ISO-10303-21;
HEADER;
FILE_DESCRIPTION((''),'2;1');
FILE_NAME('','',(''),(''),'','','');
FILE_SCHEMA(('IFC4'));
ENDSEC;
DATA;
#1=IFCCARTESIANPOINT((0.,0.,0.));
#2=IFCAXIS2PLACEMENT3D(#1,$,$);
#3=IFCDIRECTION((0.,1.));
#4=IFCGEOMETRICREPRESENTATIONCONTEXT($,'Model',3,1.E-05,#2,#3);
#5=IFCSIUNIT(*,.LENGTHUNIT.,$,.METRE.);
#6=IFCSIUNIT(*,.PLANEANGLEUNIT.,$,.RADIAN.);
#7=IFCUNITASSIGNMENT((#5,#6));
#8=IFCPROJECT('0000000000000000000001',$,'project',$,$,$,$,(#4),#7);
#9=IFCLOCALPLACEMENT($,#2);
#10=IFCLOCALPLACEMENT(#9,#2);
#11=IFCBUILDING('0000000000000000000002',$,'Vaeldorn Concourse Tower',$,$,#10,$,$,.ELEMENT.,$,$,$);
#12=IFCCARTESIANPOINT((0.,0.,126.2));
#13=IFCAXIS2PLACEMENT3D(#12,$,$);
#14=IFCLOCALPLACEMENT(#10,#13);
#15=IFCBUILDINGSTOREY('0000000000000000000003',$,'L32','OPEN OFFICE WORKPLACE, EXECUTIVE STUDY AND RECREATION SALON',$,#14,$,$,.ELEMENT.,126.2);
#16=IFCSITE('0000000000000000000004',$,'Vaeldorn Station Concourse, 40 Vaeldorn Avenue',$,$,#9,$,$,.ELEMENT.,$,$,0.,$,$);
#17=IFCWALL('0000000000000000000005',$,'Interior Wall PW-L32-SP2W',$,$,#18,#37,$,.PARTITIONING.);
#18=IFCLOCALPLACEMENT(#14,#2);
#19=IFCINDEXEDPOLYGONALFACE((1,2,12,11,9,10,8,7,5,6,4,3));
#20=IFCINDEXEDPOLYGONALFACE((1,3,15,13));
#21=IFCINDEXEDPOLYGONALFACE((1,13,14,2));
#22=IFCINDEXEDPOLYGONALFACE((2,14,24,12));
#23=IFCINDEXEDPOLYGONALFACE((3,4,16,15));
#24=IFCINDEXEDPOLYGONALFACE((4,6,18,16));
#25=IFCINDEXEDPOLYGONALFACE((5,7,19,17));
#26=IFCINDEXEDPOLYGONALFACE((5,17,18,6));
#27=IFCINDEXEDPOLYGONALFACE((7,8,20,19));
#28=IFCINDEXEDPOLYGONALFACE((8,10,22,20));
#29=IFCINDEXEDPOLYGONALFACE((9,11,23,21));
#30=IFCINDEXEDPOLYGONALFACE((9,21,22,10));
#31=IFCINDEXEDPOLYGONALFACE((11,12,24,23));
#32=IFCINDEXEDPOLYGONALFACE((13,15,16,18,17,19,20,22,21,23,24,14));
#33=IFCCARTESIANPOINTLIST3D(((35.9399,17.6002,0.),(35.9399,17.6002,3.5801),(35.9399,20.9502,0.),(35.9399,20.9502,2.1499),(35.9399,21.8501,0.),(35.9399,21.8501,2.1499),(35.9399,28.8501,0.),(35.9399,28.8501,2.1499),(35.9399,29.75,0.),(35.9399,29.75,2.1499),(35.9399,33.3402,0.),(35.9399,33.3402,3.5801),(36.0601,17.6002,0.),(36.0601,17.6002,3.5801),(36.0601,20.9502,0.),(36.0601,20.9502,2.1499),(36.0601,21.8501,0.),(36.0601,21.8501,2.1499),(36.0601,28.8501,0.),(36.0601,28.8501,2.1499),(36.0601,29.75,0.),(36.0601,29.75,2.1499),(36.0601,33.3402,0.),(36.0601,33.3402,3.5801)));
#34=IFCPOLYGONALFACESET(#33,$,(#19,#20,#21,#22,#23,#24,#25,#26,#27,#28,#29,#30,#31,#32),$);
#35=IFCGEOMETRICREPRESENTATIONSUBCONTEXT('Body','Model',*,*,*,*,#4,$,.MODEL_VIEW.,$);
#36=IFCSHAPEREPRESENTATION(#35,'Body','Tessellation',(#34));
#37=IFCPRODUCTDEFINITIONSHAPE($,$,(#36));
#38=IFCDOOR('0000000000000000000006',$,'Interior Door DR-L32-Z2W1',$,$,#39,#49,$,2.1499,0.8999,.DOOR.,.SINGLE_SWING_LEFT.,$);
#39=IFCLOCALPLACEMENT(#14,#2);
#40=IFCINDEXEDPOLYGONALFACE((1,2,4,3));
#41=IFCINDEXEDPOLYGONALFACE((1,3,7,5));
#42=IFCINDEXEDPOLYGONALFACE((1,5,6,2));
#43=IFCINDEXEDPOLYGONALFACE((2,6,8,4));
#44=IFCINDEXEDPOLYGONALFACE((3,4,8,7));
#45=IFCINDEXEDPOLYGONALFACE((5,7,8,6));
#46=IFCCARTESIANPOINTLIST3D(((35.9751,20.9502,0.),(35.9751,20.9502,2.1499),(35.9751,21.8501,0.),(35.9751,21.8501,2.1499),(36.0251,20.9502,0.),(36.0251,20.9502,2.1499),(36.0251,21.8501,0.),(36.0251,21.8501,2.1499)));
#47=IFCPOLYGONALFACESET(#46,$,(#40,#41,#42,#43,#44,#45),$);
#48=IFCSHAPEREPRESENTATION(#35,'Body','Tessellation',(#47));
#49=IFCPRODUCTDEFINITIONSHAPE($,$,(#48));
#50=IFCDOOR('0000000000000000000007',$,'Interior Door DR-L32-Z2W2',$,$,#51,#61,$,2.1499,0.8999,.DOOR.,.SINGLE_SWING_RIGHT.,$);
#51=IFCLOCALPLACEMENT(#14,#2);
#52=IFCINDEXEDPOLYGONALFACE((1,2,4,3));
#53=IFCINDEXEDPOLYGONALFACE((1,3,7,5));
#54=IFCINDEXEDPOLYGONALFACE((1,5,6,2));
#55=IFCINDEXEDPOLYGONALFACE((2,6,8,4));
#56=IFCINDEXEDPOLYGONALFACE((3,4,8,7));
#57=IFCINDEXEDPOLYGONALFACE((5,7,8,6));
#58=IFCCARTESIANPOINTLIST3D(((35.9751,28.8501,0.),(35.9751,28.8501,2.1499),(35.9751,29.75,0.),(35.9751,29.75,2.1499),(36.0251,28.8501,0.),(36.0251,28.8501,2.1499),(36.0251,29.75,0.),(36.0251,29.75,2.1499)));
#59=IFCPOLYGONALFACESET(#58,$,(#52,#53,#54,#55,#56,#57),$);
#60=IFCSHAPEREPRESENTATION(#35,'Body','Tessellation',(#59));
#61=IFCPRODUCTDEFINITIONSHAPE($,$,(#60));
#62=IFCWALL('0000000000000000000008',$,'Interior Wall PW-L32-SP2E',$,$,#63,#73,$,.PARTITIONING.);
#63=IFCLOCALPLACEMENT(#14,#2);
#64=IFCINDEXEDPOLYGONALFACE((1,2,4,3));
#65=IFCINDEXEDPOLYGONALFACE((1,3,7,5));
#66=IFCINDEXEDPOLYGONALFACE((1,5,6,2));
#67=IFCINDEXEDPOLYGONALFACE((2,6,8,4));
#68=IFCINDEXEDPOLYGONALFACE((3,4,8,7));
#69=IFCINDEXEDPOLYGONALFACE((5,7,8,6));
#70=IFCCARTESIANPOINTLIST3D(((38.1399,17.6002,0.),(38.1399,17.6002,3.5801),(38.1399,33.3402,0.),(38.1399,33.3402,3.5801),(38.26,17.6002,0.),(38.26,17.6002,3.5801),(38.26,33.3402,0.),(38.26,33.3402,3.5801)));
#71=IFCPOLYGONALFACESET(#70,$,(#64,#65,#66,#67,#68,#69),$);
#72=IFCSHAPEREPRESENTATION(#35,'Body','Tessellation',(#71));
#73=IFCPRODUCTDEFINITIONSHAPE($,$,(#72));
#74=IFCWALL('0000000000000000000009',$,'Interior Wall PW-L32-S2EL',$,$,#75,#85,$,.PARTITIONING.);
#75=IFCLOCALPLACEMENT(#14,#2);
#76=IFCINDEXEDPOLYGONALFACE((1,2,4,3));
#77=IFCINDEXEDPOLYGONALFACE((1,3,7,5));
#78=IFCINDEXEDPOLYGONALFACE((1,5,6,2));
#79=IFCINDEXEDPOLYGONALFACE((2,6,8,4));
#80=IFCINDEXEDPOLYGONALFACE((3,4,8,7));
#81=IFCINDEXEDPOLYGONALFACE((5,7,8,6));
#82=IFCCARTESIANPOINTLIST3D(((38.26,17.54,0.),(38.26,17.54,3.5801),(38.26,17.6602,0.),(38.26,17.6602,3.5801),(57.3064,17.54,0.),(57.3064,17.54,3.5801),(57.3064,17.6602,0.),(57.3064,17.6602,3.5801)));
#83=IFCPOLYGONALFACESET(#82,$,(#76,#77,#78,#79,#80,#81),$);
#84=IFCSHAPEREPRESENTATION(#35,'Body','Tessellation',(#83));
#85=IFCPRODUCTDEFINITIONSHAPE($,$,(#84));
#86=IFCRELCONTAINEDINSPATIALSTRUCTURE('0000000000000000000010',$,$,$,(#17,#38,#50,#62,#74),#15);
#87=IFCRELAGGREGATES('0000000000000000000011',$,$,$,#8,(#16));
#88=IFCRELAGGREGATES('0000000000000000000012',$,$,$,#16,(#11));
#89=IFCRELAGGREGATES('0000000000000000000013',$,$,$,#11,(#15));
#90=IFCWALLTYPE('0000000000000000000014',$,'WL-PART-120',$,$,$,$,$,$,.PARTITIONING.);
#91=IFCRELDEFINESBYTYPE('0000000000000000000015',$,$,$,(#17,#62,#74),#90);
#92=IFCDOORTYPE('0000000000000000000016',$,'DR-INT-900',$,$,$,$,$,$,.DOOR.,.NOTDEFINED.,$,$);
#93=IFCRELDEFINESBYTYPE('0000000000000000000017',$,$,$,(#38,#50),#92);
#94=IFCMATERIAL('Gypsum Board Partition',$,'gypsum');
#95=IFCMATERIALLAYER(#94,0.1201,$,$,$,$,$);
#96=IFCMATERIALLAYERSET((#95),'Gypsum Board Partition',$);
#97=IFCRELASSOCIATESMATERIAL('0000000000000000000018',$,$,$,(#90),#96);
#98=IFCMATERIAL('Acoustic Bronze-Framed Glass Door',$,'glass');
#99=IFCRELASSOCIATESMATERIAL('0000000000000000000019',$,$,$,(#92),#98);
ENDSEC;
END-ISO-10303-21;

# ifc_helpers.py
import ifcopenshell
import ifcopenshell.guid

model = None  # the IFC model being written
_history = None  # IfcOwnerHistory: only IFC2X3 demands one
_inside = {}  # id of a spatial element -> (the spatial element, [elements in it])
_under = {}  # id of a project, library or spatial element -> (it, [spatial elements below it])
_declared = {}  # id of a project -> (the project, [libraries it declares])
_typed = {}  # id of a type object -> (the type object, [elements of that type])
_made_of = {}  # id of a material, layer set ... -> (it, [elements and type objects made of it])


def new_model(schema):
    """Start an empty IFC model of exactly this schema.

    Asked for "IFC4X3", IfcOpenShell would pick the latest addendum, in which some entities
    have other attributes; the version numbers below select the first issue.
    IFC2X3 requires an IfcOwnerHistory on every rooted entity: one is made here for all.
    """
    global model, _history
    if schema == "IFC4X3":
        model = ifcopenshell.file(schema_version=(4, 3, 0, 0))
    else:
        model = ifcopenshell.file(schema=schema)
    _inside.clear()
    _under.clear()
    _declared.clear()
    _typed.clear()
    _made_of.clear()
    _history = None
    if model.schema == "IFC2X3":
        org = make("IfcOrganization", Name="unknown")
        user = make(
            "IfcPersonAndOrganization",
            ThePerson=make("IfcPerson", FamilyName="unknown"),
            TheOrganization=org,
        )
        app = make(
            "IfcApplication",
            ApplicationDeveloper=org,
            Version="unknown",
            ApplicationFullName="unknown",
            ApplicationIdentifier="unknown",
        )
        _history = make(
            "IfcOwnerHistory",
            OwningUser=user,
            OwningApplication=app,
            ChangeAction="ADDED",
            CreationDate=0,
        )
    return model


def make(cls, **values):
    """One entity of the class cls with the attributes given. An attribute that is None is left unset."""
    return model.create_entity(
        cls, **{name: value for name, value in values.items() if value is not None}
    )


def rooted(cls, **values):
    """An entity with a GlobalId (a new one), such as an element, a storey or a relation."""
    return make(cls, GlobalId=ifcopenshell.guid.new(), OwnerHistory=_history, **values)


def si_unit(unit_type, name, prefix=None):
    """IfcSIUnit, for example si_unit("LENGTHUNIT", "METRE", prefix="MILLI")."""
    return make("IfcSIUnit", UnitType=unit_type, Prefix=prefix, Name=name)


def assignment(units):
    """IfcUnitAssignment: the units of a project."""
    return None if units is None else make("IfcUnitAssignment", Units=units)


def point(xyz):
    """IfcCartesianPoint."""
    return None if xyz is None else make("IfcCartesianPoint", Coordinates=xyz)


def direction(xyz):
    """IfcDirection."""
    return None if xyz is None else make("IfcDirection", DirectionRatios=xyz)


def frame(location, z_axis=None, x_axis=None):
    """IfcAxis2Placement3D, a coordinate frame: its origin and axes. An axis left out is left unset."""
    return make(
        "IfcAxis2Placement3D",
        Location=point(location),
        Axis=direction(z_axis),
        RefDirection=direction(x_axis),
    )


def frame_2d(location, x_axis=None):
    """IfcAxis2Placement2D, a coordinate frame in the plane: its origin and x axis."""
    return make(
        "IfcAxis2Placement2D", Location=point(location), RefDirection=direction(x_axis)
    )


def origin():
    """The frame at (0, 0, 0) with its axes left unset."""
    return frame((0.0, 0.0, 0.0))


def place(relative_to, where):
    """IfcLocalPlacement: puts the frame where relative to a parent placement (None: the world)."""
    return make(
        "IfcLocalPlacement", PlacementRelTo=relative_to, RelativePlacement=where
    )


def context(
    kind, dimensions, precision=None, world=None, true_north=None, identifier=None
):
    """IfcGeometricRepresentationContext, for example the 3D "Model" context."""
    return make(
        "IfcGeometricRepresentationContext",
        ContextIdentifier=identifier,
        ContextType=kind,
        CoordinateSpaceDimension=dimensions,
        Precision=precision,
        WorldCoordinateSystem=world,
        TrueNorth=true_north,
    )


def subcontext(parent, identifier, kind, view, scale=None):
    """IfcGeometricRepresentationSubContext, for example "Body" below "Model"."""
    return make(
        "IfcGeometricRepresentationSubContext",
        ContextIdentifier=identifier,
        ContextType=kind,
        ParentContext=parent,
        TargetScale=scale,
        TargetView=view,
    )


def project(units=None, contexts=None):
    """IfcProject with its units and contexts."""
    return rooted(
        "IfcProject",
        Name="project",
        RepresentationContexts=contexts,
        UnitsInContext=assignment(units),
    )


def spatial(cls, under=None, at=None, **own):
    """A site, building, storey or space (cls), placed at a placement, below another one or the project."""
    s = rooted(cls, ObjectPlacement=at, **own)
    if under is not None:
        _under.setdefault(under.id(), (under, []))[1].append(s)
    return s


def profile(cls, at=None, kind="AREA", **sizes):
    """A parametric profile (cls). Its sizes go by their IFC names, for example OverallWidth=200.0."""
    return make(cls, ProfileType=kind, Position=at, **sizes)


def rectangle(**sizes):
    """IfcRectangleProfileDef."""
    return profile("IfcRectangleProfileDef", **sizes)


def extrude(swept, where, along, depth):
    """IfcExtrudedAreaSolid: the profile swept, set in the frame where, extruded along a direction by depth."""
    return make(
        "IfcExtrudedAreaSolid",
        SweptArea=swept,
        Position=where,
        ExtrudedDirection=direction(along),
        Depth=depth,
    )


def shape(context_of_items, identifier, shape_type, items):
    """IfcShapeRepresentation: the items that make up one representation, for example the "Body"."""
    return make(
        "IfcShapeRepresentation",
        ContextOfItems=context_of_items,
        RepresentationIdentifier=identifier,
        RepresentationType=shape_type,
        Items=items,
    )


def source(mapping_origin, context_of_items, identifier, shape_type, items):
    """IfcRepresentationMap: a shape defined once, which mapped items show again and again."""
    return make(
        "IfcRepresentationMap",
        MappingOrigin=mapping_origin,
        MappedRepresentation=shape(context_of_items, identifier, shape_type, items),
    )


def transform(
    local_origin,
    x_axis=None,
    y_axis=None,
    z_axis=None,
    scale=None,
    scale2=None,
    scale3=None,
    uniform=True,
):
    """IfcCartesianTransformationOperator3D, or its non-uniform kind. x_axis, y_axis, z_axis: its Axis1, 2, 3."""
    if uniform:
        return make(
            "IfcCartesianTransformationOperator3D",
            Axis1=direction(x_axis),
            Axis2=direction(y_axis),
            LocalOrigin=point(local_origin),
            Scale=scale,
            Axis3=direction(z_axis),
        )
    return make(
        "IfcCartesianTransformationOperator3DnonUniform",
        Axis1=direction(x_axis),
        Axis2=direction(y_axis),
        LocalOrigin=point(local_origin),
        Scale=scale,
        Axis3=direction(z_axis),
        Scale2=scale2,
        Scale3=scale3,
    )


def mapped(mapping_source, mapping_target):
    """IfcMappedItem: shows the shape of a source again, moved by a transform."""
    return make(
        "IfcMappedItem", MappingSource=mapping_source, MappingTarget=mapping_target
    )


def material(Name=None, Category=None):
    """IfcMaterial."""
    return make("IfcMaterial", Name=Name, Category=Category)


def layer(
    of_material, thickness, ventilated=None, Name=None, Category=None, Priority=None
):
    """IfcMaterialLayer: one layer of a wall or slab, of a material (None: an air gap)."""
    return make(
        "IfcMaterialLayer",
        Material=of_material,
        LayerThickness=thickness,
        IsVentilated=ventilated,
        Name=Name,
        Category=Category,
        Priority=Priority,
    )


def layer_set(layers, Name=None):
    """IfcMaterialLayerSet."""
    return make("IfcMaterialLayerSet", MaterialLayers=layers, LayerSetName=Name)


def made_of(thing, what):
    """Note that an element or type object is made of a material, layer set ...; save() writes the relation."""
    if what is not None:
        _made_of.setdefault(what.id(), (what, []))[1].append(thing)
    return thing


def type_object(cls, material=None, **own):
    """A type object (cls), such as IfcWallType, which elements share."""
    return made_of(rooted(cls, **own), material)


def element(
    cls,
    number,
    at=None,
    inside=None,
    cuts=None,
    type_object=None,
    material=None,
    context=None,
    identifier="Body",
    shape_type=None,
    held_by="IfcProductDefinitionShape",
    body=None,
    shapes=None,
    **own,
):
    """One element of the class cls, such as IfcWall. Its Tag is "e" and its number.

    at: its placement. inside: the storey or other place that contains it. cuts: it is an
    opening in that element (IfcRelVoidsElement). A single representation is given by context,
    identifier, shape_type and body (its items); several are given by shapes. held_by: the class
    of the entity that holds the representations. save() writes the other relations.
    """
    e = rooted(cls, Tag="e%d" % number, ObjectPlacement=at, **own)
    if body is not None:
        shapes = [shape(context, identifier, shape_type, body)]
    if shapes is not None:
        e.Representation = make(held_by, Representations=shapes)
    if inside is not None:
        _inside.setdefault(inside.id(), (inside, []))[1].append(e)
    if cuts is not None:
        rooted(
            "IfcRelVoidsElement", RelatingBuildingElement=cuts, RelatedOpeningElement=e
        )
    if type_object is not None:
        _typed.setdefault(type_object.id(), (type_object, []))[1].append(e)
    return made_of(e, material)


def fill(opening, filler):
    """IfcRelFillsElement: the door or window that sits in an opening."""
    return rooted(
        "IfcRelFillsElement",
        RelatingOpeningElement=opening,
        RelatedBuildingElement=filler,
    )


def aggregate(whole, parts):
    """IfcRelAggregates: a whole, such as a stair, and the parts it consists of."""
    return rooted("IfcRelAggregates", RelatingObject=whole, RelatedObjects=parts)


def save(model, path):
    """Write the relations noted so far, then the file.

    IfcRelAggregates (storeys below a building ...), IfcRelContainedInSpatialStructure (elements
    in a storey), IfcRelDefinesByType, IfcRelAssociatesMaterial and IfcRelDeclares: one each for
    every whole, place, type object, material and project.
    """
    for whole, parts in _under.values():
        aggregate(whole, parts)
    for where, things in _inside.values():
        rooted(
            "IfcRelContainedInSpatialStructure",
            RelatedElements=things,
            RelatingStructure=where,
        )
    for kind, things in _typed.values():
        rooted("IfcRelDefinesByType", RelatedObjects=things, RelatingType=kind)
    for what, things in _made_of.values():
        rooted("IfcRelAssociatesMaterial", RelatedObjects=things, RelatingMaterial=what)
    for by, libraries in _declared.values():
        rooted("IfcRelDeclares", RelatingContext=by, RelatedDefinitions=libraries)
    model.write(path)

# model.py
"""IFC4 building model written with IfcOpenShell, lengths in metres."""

from ifc_helpers import new_model, si_unit, direction, frame, frame_2d, origin, place, context, subcontext, project, spatial, rectangle, extrude, source, transform, mapped, material, layer, layer_set, type_object, element, fill, save


model = new_model("IFC4")

# Units and contexts
model_context = context("Model", 3, precision=1e-05, world=origin(), true_north=direction((0.0, 1.0)))
body_context = subcontext(model_context, "Body", "Model", "MODEL_VIEW")
ifc_project = project(units=[si_unit("LENGTHUNIT", "METRE"), si_unit("PLANEANGLEUNIT", "RADIAN")], contexts=[model_context])

# Site, building, storey
site_placement = place(None, origin())
site = spatial("IfcSite", under=ifc_project, at=site_placement, Name="Vaeldorn Station Concourse, 40 Vaeldorn Avenue", CompositionType="ELEMENT", RefElevation=0.0)
building_placement = place(site_placement, origin())
building = spatial("IfcBuilding", under=site, at=building_placement, Name="Vaeldorn Concourse Tower", CompositionType="ELEMENT")
storey_placement = place(building_placement, frame((0.0, 0.0, 126.2)))
storey = spatial("IfcBuildingStorey", under=building, at=storey_placement, Name="L32", Description="OPEN OFFICE WORKPLACE, EXECUTIVE STUDY AND RECREATION SALON", CompositionType="ELEMENT", Elevation=126.2)

# Wall, openings, doors
ifc_material_1 = material(Name="Gypsum Board Partition", Category="gypsum")
ifc_layer_1 = layer(ifc_material_1, 0.1201)
ifc_layer_set_1 = layer_set([ifc_layer_1], Name="Gypsum Board Partition")
wall_type_1 = type_object("IfcWallType", Name="WL-PART-120", PredefinedType="PARTITIONING", material=ifc_layer_set_1)
ifc_material_2 = material(Name="Acoustic Bronze-Framed Glass Door", Category="glass")
door_type = type_object("IfcDoorType", Name="DR-INT-900", OperationType="NOTDEFINED", PredefinedType="DOOR", material=ifc_material_2)
shared_shape_1 = source(origin(), body_context, "Body", "SweptSolid", [
    extrude(rectangle(XDim=0.8999, YDim=2.1499, at=frame_2d((0.45, 1.075))), frame((0.0, 0.0249, 0.0), z_axis=(0.0, -1.0, 0.0), x_axis=(1.0, 0.0, 0.0)), (0.0, 0.0, 1.0), 0.05),
])
wall_1_placement = place(storey_placement, frame((36.0, 17.6001, 0.0), z_axis=(0.0, 0.0, 1.0), x_axis=(0.0, 1.0, 0.0)))
wall_1 = element("IfcWall", 1, at=wall_1_placement, inside=storey, type_object=wall_type_1, Name="Interior Wall PW-L32-SP2W", PredefinedType="PARTITIONING", context=body_context, shape_type="SweptSolid", body=[
    extrude(rectangle(XDim=15.74, YDim=0.1201, at=frame_2d((7.8701, 0.0))), origin(), (0.0, 0.0, 1.0), 3.5801),
])
opening_1_placement = place(wall_1_placement, frame((3.3501, 0.0, 0.0)))
opening_1 = element("IfcOpeningElement", 2, at=opening_1_placement, cuts=wall_1, PredefinedType="OPENING", context=body_context, shape_type="SweptSolid", body=[
    extrude(rectangle(XDim=0.8999, YDim=2.1499, at=frame_2d((0.45, 1.075))), frame((0.0, 0.0701, 0.0), z_axis=(0.0, -1.0, 0.0), x_axis=(1.0, 0.0, 0.0)), (0.0, 0.0, 1.0), 0.1401),
])
opening_2_placement = place(wall_1_placement, frame((11.25, 0.0, 0.0)))
opening_2 = element("IfcOpeningElement", 3, at=opening_2_placement, cuts=wall_1, PredefinedType="OPENING", context=body_context, shape_type="SweptSolid", body=[
    extrude(rectangle(XDim=0.8999, YDim=2.1499, at=frame_2d((0.45, 1.075))), frame((0.0, 0.0701, 0.0), z_axis=(0.0, -1.0, 0.0), x_axis=(1.0, 0.0, 0.0)), (0.0, 0.0, 1.0), 0.1401),
])
door_1_placement = place(opening_1_placement, origin())
door_1 = element("IfcDoor", 4, at=door_1_placement, inside=storey, type_object=door_type, Name="Interior Door DR-L32-Z2W1", OperationType="SINGLE_SWING_LEFT", OverallHeight=2.1499, OverallWidth=0.8999, PredefinedType="DOOR", context=body_context, shape_type="MappedRepresentation", body=[
    mapped(shared_shape_1, transform((0.0, 0.0, 0.0), scale=1.0)),
])
fill(opening_1, door_1)
door_2_placement = place(opening_2_placement, origin())
door_2 = element("IfcDoor", 5, at=door_2_placement, inside=storey, type_object=door_type, Name="Interior Door DR-L32-Z2W2", OperationType="SINGLE_SWING_RIGHT", OverallHeight=2.1499, OverallWidth=0.8999, PredefinedType="DOOR", context=body_context, shape_type="MappedRepresentation", body=[
    mapped(shared_shape_1, transform((0.0, 0.0, 0.0), scale=1.0)),
])
fill(opening_2, door_2)

# Wall
wall_2_placement = place(storey_placement, frame((38.2, 17.6001, 0.0), z_axis=(0.0, 0.0, 1.0), x_axis=(0.0, 1.0, 0.0)))
element("IfcWall", 6, at=wall_2_placement, inside=storey, type_object=wall_type_1, Name="Interior Wall PW-L32-SP2E", PredefinedType="PARTITIONING", context=body_context, shape_type="SweptSolid", body=[
    extrude(rectangle(XDim=15.74, YDim=0.1201, at=frame_2d((7.8701, 0.0))), origin(), (0.0, 0.0, 1.0), 3.5801),
])

# Wall
wall_3_placement = place(storey_placement, frame((38.26, 17.6001, 0.0), z_axis=(0.0, 0.0, 1.0), x_axis=(1.0, 0.0, 0.0)))
element("IfcWall", 7, at=wall_3_placement, inside=storey, type_object=wall_type_1, Name="Interior Wall PW-L32-S2EL", PredefinedType="PARTITIONING", context=body_context, shape_type="SweptSolid", body=[
    extrude(rectangle(XDim=19.0464, YDim=0.1201, at=frame_2d((9.5232, 0.0))), origin(), (0.0, 0.0, 1.0), 3.5801),
])

save(model, "model.ifc")
